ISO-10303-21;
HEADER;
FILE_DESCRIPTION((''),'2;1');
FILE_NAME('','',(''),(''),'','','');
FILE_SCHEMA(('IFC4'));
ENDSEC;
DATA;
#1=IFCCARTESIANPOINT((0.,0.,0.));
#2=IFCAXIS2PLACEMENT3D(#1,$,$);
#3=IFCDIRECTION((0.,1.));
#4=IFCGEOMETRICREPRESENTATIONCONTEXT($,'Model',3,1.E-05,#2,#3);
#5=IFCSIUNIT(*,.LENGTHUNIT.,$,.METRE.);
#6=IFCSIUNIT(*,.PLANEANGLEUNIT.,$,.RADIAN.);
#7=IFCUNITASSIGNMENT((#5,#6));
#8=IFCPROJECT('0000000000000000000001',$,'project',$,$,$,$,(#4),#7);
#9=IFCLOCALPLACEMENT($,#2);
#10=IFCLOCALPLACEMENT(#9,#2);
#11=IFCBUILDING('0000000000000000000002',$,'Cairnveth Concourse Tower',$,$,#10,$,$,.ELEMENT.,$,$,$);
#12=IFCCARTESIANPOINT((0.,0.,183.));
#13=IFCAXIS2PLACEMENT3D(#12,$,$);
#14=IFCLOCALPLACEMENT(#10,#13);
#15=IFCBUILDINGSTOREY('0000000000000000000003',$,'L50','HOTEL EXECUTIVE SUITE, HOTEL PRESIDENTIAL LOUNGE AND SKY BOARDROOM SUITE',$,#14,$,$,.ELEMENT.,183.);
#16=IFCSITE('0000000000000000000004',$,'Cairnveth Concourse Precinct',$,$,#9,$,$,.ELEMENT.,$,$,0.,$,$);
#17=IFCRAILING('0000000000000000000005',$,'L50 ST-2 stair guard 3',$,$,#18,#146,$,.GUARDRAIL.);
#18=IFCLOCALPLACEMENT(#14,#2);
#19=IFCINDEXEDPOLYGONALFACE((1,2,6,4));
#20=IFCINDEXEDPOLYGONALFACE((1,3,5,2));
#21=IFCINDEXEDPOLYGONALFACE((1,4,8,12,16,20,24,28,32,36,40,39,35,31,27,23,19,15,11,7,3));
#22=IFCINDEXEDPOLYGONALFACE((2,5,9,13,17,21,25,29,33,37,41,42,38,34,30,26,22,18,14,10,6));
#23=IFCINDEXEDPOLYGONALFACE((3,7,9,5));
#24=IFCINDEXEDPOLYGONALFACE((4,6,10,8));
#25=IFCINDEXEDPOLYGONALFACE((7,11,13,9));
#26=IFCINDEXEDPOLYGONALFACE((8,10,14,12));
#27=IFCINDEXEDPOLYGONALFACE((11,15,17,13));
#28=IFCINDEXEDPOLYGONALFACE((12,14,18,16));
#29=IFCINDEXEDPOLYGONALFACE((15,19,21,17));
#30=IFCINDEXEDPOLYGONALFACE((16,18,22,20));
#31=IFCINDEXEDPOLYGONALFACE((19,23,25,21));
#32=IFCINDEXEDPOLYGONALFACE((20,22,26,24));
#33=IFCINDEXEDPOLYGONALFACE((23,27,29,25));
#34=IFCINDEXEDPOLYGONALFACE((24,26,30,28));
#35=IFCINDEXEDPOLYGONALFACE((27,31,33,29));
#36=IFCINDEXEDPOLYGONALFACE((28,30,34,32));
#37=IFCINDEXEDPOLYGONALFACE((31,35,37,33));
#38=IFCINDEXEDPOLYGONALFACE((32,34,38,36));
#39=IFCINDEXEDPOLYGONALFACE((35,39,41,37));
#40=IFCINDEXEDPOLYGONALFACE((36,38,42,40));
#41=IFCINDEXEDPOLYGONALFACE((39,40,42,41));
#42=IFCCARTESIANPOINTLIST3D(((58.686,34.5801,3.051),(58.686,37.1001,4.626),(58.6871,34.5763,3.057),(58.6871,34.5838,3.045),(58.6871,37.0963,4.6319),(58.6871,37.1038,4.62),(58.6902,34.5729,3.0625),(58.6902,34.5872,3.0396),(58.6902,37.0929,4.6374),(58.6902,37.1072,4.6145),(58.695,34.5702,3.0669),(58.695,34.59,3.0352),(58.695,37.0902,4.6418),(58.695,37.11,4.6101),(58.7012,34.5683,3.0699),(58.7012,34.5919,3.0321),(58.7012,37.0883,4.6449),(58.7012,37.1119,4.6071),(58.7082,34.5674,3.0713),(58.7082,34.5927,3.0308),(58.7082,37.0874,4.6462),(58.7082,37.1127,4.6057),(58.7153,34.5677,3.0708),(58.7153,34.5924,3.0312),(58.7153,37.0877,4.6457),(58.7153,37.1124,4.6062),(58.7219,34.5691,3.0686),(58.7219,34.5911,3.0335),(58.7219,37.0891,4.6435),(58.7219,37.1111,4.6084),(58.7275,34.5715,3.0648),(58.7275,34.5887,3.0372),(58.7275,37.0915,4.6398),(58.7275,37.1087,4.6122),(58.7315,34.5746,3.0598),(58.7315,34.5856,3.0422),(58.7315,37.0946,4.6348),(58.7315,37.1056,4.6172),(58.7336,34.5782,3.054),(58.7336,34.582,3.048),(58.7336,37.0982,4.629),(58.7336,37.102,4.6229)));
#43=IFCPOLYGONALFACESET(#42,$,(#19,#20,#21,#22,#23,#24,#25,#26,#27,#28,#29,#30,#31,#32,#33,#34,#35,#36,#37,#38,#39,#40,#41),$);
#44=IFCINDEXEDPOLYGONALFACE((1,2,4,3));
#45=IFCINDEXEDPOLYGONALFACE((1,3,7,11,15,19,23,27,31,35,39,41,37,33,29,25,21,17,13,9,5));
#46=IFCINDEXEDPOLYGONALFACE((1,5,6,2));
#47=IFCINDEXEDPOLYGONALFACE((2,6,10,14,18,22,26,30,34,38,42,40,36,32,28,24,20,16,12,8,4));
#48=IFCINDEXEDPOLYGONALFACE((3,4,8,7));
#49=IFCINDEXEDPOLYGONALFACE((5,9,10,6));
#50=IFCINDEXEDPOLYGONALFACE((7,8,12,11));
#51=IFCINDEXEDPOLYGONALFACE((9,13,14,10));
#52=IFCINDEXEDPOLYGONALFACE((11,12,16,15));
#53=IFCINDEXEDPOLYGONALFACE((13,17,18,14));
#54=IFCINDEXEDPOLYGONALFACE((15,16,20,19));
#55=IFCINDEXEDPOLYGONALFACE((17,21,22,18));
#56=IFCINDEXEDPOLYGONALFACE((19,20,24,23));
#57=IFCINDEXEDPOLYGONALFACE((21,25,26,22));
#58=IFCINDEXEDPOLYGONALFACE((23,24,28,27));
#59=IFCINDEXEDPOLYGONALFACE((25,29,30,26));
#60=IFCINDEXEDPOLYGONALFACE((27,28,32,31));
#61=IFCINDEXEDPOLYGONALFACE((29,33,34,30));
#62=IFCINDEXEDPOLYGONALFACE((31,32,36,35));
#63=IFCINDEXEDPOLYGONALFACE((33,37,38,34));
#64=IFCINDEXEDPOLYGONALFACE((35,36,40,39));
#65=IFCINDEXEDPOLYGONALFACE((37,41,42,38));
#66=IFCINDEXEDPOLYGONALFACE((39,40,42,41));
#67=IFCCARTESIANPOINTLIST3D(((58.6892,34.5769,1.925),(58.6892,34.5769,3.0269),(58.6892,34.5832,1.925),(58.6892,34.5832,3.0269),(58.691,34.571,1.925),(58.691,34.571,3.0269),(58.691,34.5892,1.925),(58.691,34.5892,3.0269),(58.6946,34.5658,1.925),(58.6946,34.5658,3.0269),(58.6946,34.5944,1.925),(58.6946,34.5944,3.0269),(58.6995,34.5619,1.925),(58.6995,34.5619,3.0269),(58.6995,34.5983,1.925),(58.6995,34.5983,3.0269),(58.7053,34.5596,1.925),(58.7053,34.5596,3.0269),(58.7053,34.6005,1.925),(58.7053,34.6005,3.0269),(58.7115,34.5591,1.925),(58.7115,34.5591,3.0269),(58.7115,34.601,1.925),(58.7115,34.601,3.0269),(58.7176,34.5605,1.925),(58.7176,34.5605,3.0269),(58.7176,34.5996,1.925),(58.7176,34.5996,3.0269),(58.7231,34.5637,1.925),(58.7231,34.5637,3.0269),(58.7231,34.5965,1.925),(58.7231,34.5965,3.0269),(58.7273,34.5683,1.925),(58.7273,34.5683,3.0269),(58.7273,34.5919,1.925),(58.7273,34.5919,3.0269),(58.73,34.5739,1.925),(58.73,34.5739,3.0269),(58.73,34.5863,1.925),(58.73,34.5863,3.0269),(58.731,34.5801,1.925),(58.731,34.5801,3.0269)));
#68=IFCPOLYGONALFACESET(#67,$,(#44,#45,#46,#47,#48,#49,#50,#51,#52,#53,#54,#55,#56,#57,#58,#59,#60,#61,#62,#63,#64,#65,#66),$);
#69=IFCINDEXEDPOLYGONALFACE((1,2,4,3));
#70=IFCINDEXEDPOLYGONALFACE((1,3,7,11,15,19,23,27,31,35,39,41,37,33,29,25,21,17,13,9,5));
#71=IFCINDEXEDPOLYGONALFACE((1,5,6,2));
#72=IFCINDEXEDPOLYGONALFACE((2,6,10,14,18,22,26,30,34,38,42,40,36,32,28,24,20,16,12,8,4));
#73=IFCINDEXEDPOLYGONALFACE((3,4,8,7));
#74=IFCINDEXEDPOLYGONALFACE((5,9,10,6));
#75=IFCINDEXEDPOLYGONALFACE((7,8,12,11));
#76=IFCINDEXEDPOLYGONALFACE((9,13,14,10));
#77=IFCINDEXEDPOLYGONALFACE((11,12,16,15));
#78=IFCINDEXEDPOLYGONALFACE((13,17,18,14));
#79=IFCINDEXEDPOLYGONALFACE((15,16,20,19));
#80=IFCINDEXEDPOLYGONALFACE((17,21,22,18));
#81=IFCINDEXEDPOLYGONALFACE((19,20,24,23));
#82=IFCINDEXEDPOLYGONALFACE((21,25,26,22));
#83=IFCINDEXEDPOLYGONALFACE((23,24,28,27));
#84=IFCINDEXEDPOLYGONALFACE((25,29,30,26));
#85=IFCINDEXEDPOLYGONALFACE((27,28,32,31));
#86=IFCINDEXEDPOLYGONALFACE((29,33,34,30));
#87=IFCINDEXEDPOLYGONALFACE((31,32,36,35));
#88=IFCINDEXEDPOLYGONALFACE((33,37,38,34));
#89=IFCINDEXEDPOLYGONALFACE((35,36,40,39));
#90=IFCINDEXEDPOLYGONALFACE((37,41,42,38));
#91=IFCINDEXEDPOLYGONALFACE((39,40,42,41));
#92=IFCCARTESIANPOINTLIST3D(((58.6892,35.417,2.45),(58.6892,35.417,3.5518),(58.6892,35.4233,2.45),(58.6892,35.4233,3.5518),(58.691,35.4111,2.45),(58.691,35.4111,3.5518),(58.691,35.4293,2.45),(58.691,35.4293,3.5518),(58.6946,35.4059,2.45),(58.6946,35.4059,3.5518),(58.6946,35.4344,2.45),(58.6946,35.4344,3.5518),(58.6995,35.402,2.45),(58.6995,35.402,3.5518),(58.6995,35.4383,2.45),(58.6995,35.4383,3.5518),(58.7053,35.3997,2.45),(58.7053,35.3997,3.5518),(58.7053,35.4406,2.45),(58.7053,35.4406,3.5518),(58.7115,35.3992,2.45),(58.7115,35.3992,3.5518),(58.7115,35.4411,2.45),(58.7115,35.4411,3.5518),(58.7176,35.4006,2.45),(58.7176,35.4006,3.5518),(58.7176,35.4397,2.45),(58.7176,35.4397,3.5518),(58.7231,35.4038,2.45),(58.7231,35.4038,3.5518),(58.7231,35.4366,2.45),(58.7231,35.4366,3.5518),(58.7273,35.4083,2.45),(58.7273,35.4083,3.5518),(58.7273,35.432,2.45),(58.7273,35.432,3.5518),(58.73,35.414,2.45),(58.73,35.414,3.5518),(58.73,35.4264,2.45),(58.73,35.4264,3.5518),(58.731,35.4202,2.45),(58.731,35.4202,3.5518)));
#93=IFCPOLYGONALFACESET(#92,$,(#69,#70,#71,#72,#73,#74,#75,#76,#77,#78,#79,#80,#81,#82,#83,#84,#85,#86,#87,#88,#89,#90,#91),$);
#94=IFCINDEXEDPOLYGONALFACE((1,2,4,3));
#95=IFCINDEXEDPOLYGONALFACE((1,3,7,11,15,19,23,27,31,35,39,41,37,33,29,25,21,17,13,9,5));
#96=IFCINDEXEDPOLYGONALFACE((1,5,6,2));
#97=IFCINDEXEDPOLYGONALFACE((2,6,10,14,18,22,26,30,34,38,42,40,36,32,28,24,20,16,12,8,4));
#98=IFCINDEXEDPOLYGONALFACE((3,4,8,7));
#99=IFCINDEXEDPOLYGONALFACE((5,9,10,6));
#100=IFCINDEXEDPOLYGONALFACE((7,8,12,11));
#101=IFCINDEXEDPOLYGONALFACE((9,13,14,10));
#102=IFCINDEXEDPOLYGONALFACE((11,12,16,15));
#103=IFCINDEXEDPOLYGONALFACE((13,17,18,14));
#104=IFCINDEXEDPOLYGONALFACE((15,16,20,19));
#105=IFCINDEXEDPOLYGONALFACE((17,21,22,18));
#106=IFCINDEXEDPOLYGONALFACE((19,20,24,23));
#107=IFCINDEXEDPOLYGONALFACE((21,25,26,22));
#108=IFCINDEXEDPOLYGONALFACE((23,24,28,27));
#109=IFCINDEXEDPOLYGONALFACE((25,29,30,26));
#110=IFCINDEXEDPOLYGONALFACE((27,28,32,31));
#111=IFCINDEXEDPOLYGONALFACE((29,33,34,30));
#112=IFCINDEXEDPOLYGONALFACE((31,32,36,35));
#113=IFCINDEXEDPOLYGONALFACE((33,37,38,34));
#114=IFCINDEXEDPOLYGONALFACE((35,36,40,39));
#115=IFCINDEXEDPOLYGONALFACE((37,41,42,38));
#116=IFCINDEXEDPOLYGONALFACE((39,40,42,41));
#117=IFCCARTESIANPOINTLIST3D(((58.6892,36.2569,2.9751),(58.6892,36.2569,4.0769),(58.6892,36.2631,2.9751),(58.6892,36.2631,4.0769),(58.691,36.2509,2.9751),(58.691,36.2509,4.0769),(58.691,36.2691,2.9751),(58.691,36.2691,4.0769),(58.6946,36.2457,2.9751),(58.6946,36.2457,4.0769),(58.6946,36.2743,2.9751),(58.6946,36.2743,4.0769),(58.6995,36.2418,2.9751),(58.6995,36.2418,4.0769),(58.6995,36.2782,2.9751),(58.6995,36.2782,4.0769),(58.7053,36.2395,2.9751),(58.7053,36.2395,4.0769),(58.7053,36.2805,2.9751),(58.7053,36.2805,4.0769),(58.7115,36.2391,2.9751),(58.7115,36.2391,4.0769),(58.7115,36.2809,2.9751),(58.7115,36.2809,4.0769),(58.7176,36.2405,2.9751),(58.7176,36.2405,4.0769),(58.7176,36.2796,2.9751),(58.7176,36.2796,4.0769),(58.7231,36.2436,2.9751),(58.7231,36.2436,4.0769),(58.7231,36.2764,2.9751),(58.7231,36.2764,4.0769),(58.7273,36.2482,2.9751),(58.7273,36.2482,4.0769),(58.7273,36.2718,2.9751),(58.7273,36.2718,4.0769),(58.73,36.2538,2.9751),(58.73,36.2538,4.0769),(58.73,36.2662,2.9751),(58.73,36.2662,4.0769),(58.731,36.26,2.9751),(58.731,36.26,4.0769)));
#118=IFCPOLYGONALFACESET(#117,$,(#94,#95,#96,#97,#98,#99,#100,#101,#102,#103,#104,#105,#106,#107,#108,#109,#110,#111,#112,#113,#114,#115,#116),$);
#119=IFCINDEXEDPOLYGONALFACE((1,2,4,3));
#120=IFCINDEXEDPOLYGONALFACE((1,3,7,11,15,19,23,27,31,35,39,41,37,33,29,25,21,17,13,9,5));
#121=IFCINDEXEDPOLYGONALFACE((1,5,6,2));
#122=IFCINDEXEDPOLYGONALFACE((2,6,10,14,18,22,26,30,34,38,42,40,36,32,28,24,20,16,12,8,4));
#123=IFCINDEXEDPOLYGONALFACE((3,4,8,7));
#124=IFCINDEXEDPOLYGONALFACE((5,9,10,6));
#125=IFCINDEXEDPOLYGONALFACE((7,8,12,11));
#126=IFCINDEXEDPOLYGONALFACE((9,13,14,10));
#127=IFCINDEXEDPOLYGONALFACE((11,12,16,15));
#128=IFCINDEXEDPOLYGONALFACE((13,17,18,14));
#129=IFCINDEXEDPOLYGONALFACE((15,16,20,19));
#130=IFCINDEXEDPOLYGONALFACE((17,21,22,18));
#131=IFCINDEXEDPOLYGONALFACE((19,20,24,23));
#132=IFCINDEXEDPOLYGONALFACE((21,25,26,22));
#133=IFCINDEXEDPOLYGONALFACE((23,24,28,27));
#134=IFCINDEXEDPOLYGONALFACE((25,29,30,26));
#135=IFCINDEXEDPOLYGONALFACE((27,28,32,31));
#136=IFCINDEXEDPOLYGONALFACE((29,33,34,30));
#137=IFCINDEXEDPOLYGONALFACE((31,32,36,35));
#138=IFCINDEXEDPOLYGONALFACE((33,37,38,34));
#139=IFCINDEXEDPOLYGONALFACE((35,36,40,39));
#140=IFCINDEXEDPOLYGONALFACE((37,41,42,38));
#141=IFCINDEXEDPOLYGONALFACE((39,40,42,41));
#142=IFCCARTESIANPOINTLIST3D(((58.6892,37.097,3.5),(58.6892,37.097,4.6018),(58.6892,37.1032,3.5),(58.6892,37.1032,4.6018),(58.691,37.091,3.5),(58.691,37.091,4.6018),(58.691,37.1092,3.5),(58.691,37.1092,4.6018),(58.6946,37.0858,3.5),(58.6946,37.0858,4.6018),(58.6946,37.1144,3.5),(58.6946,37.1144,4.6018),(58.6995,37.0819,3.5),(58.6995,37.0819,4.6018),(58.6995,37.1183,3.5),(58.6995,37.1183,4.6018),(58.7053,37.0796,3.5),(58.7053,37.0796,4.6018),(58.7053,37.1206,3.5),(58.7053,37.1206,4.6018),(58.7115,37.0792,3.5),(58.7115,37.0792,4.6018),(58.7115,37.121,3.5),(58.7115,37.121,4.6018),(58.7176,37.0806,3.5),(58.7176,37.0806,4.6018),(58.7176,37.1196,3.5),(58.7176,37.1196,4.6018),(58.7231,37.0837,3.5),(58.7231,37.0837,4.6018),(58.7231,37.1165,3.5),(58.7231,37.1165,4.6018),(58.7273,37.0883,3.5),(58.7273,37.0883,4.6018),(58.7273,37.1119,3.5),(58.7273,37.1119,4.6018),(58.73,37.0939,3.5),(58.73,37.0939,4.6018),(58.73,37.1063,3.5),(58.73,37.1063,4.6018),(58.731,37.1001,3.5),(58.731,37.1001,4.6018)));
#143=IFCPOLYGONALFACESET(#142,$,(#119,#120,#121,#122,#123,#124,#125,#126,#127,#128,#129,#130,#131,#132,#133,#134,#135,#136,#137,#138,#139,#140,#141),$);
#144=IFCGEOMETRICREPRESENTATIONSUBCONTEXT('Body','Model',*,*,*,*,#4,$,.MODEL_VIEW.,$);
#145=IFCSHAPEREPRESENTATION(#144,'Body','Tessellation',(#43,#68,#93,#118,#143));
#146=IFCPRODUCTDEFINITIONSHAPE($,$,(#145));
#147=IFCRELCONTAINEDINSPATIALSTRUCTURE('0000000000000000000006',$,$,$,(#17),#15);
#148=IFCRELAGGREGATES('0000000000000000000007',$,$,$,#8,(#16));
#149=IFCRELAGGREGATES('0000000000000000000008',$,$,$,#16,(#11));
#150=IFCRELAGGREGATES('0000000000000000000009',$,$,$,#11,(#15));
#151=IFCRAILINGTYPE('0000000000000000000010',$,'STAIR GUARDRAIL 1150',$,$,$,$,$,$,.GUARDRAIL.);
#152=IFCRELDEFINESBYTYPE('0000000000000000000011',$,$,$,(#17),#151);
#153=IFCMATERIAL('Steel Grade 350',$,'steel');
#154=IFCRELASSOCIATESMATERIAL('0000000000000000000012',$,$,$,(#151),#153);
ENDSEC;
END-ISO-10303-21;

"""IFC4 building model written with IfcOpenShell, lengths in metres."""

from ifc_helpers import new_model, si_unit, direction, frame, origin, origin_2d, place, context, subcontext, project, spatial, circle, extrude, material, type_object, element, save


model = new_model("IFC4")

# Units and contexts
model_context = context("Model", 3, precision=1e-05, world=origin(), true_north=direction((0.0, 1.0)))
body_context = subcontext(model_context, "Body", "Model", "MODEL_VIEW")
ifc_project = project(units=[si_unit("LENGTHUNIT", "METRE"), si_unit("PLANEANGLEUNIT", "RADIAN")], contexts=[model_context])

# Site, building, storey
site_placement = place(None, origin())
site = spatial("IfcSite", under=ifc_project, at=site_placement, Name="Cairnveth Concourse Precinct", CompositionType="ELEMENT", RefElevation=0.0)
building_placement = place(site_placement, origin())
building = spatial("IfcBuilding", under=site, at=building_placement, Name="Cairnveth Concourse Tower", CompositionType="ELEMENT")
storey_placement = place(building_placement, frame((0.0, 0.0, 183.0)))
storey = spatial("IfcBuildingStorey", under=building, at=storey_placement, Name="L50", Description="HOTEL EXECUTIVE SUITE, HOTEL PRESIDENTIAL LOUNGE AND SKY BOARDROOM SUITE", CompositionType="ELEMENT", Elevation=183.0)

# Shared definitions
ifc_material_1 = material(Name="Steel Grade 350", Category="steel")

# Railing
railing_type_1 = type_object("IfcRailingType", Name="STAIR GUARDRAIL 1150", PredefinedType="GUARDRAIL", material=ifc_material_1)
railing_1_placement = place(storey_placement, frame((58.71, 34.5801, 1.925)))
element("IfcRailing", 1, at=railing_1_placement, inside=storey, type_object=railing_type_1, Name="L50 ST-2 stair guard 3", PredefinedType="GUARDRAIL", context=body_context, shape_type="SweptSolid", body=[
    extrude(circle(Radius=0.0239, at=origin_2d()), frame((0.0, 0.0, 1.126), z_axis=(0.0, 0.848008, 0.529984), x_axis=(-1.0, 0.0, 0.0)), (0.0, 0.0, 1.0), 2.9717),
    extrude(circle(Radius=0.021, at=origin_2d()), origin(), (0.0, 0.0, 1.0), 1.1018),
    extrude(circle(Radius=0.021, at=origin_2d()), frame((0.0, 0.8401, 0.5249)), (0.0, 0.0, 1.0), 1.1018),
    extrude(circle(Radius=0.021, at=origin_2d()), frame((0.0, 1.6799, 1.05)), (0.0, 0.0, 1.0), 1.1018),
    extrude(circle(Radius=0.021, at=origin_2d()), frame((0.0, 2.52, 1.575)), (0.0, 0.0, 1.0), 1.1018),
])

save(model, "model.ifc")
